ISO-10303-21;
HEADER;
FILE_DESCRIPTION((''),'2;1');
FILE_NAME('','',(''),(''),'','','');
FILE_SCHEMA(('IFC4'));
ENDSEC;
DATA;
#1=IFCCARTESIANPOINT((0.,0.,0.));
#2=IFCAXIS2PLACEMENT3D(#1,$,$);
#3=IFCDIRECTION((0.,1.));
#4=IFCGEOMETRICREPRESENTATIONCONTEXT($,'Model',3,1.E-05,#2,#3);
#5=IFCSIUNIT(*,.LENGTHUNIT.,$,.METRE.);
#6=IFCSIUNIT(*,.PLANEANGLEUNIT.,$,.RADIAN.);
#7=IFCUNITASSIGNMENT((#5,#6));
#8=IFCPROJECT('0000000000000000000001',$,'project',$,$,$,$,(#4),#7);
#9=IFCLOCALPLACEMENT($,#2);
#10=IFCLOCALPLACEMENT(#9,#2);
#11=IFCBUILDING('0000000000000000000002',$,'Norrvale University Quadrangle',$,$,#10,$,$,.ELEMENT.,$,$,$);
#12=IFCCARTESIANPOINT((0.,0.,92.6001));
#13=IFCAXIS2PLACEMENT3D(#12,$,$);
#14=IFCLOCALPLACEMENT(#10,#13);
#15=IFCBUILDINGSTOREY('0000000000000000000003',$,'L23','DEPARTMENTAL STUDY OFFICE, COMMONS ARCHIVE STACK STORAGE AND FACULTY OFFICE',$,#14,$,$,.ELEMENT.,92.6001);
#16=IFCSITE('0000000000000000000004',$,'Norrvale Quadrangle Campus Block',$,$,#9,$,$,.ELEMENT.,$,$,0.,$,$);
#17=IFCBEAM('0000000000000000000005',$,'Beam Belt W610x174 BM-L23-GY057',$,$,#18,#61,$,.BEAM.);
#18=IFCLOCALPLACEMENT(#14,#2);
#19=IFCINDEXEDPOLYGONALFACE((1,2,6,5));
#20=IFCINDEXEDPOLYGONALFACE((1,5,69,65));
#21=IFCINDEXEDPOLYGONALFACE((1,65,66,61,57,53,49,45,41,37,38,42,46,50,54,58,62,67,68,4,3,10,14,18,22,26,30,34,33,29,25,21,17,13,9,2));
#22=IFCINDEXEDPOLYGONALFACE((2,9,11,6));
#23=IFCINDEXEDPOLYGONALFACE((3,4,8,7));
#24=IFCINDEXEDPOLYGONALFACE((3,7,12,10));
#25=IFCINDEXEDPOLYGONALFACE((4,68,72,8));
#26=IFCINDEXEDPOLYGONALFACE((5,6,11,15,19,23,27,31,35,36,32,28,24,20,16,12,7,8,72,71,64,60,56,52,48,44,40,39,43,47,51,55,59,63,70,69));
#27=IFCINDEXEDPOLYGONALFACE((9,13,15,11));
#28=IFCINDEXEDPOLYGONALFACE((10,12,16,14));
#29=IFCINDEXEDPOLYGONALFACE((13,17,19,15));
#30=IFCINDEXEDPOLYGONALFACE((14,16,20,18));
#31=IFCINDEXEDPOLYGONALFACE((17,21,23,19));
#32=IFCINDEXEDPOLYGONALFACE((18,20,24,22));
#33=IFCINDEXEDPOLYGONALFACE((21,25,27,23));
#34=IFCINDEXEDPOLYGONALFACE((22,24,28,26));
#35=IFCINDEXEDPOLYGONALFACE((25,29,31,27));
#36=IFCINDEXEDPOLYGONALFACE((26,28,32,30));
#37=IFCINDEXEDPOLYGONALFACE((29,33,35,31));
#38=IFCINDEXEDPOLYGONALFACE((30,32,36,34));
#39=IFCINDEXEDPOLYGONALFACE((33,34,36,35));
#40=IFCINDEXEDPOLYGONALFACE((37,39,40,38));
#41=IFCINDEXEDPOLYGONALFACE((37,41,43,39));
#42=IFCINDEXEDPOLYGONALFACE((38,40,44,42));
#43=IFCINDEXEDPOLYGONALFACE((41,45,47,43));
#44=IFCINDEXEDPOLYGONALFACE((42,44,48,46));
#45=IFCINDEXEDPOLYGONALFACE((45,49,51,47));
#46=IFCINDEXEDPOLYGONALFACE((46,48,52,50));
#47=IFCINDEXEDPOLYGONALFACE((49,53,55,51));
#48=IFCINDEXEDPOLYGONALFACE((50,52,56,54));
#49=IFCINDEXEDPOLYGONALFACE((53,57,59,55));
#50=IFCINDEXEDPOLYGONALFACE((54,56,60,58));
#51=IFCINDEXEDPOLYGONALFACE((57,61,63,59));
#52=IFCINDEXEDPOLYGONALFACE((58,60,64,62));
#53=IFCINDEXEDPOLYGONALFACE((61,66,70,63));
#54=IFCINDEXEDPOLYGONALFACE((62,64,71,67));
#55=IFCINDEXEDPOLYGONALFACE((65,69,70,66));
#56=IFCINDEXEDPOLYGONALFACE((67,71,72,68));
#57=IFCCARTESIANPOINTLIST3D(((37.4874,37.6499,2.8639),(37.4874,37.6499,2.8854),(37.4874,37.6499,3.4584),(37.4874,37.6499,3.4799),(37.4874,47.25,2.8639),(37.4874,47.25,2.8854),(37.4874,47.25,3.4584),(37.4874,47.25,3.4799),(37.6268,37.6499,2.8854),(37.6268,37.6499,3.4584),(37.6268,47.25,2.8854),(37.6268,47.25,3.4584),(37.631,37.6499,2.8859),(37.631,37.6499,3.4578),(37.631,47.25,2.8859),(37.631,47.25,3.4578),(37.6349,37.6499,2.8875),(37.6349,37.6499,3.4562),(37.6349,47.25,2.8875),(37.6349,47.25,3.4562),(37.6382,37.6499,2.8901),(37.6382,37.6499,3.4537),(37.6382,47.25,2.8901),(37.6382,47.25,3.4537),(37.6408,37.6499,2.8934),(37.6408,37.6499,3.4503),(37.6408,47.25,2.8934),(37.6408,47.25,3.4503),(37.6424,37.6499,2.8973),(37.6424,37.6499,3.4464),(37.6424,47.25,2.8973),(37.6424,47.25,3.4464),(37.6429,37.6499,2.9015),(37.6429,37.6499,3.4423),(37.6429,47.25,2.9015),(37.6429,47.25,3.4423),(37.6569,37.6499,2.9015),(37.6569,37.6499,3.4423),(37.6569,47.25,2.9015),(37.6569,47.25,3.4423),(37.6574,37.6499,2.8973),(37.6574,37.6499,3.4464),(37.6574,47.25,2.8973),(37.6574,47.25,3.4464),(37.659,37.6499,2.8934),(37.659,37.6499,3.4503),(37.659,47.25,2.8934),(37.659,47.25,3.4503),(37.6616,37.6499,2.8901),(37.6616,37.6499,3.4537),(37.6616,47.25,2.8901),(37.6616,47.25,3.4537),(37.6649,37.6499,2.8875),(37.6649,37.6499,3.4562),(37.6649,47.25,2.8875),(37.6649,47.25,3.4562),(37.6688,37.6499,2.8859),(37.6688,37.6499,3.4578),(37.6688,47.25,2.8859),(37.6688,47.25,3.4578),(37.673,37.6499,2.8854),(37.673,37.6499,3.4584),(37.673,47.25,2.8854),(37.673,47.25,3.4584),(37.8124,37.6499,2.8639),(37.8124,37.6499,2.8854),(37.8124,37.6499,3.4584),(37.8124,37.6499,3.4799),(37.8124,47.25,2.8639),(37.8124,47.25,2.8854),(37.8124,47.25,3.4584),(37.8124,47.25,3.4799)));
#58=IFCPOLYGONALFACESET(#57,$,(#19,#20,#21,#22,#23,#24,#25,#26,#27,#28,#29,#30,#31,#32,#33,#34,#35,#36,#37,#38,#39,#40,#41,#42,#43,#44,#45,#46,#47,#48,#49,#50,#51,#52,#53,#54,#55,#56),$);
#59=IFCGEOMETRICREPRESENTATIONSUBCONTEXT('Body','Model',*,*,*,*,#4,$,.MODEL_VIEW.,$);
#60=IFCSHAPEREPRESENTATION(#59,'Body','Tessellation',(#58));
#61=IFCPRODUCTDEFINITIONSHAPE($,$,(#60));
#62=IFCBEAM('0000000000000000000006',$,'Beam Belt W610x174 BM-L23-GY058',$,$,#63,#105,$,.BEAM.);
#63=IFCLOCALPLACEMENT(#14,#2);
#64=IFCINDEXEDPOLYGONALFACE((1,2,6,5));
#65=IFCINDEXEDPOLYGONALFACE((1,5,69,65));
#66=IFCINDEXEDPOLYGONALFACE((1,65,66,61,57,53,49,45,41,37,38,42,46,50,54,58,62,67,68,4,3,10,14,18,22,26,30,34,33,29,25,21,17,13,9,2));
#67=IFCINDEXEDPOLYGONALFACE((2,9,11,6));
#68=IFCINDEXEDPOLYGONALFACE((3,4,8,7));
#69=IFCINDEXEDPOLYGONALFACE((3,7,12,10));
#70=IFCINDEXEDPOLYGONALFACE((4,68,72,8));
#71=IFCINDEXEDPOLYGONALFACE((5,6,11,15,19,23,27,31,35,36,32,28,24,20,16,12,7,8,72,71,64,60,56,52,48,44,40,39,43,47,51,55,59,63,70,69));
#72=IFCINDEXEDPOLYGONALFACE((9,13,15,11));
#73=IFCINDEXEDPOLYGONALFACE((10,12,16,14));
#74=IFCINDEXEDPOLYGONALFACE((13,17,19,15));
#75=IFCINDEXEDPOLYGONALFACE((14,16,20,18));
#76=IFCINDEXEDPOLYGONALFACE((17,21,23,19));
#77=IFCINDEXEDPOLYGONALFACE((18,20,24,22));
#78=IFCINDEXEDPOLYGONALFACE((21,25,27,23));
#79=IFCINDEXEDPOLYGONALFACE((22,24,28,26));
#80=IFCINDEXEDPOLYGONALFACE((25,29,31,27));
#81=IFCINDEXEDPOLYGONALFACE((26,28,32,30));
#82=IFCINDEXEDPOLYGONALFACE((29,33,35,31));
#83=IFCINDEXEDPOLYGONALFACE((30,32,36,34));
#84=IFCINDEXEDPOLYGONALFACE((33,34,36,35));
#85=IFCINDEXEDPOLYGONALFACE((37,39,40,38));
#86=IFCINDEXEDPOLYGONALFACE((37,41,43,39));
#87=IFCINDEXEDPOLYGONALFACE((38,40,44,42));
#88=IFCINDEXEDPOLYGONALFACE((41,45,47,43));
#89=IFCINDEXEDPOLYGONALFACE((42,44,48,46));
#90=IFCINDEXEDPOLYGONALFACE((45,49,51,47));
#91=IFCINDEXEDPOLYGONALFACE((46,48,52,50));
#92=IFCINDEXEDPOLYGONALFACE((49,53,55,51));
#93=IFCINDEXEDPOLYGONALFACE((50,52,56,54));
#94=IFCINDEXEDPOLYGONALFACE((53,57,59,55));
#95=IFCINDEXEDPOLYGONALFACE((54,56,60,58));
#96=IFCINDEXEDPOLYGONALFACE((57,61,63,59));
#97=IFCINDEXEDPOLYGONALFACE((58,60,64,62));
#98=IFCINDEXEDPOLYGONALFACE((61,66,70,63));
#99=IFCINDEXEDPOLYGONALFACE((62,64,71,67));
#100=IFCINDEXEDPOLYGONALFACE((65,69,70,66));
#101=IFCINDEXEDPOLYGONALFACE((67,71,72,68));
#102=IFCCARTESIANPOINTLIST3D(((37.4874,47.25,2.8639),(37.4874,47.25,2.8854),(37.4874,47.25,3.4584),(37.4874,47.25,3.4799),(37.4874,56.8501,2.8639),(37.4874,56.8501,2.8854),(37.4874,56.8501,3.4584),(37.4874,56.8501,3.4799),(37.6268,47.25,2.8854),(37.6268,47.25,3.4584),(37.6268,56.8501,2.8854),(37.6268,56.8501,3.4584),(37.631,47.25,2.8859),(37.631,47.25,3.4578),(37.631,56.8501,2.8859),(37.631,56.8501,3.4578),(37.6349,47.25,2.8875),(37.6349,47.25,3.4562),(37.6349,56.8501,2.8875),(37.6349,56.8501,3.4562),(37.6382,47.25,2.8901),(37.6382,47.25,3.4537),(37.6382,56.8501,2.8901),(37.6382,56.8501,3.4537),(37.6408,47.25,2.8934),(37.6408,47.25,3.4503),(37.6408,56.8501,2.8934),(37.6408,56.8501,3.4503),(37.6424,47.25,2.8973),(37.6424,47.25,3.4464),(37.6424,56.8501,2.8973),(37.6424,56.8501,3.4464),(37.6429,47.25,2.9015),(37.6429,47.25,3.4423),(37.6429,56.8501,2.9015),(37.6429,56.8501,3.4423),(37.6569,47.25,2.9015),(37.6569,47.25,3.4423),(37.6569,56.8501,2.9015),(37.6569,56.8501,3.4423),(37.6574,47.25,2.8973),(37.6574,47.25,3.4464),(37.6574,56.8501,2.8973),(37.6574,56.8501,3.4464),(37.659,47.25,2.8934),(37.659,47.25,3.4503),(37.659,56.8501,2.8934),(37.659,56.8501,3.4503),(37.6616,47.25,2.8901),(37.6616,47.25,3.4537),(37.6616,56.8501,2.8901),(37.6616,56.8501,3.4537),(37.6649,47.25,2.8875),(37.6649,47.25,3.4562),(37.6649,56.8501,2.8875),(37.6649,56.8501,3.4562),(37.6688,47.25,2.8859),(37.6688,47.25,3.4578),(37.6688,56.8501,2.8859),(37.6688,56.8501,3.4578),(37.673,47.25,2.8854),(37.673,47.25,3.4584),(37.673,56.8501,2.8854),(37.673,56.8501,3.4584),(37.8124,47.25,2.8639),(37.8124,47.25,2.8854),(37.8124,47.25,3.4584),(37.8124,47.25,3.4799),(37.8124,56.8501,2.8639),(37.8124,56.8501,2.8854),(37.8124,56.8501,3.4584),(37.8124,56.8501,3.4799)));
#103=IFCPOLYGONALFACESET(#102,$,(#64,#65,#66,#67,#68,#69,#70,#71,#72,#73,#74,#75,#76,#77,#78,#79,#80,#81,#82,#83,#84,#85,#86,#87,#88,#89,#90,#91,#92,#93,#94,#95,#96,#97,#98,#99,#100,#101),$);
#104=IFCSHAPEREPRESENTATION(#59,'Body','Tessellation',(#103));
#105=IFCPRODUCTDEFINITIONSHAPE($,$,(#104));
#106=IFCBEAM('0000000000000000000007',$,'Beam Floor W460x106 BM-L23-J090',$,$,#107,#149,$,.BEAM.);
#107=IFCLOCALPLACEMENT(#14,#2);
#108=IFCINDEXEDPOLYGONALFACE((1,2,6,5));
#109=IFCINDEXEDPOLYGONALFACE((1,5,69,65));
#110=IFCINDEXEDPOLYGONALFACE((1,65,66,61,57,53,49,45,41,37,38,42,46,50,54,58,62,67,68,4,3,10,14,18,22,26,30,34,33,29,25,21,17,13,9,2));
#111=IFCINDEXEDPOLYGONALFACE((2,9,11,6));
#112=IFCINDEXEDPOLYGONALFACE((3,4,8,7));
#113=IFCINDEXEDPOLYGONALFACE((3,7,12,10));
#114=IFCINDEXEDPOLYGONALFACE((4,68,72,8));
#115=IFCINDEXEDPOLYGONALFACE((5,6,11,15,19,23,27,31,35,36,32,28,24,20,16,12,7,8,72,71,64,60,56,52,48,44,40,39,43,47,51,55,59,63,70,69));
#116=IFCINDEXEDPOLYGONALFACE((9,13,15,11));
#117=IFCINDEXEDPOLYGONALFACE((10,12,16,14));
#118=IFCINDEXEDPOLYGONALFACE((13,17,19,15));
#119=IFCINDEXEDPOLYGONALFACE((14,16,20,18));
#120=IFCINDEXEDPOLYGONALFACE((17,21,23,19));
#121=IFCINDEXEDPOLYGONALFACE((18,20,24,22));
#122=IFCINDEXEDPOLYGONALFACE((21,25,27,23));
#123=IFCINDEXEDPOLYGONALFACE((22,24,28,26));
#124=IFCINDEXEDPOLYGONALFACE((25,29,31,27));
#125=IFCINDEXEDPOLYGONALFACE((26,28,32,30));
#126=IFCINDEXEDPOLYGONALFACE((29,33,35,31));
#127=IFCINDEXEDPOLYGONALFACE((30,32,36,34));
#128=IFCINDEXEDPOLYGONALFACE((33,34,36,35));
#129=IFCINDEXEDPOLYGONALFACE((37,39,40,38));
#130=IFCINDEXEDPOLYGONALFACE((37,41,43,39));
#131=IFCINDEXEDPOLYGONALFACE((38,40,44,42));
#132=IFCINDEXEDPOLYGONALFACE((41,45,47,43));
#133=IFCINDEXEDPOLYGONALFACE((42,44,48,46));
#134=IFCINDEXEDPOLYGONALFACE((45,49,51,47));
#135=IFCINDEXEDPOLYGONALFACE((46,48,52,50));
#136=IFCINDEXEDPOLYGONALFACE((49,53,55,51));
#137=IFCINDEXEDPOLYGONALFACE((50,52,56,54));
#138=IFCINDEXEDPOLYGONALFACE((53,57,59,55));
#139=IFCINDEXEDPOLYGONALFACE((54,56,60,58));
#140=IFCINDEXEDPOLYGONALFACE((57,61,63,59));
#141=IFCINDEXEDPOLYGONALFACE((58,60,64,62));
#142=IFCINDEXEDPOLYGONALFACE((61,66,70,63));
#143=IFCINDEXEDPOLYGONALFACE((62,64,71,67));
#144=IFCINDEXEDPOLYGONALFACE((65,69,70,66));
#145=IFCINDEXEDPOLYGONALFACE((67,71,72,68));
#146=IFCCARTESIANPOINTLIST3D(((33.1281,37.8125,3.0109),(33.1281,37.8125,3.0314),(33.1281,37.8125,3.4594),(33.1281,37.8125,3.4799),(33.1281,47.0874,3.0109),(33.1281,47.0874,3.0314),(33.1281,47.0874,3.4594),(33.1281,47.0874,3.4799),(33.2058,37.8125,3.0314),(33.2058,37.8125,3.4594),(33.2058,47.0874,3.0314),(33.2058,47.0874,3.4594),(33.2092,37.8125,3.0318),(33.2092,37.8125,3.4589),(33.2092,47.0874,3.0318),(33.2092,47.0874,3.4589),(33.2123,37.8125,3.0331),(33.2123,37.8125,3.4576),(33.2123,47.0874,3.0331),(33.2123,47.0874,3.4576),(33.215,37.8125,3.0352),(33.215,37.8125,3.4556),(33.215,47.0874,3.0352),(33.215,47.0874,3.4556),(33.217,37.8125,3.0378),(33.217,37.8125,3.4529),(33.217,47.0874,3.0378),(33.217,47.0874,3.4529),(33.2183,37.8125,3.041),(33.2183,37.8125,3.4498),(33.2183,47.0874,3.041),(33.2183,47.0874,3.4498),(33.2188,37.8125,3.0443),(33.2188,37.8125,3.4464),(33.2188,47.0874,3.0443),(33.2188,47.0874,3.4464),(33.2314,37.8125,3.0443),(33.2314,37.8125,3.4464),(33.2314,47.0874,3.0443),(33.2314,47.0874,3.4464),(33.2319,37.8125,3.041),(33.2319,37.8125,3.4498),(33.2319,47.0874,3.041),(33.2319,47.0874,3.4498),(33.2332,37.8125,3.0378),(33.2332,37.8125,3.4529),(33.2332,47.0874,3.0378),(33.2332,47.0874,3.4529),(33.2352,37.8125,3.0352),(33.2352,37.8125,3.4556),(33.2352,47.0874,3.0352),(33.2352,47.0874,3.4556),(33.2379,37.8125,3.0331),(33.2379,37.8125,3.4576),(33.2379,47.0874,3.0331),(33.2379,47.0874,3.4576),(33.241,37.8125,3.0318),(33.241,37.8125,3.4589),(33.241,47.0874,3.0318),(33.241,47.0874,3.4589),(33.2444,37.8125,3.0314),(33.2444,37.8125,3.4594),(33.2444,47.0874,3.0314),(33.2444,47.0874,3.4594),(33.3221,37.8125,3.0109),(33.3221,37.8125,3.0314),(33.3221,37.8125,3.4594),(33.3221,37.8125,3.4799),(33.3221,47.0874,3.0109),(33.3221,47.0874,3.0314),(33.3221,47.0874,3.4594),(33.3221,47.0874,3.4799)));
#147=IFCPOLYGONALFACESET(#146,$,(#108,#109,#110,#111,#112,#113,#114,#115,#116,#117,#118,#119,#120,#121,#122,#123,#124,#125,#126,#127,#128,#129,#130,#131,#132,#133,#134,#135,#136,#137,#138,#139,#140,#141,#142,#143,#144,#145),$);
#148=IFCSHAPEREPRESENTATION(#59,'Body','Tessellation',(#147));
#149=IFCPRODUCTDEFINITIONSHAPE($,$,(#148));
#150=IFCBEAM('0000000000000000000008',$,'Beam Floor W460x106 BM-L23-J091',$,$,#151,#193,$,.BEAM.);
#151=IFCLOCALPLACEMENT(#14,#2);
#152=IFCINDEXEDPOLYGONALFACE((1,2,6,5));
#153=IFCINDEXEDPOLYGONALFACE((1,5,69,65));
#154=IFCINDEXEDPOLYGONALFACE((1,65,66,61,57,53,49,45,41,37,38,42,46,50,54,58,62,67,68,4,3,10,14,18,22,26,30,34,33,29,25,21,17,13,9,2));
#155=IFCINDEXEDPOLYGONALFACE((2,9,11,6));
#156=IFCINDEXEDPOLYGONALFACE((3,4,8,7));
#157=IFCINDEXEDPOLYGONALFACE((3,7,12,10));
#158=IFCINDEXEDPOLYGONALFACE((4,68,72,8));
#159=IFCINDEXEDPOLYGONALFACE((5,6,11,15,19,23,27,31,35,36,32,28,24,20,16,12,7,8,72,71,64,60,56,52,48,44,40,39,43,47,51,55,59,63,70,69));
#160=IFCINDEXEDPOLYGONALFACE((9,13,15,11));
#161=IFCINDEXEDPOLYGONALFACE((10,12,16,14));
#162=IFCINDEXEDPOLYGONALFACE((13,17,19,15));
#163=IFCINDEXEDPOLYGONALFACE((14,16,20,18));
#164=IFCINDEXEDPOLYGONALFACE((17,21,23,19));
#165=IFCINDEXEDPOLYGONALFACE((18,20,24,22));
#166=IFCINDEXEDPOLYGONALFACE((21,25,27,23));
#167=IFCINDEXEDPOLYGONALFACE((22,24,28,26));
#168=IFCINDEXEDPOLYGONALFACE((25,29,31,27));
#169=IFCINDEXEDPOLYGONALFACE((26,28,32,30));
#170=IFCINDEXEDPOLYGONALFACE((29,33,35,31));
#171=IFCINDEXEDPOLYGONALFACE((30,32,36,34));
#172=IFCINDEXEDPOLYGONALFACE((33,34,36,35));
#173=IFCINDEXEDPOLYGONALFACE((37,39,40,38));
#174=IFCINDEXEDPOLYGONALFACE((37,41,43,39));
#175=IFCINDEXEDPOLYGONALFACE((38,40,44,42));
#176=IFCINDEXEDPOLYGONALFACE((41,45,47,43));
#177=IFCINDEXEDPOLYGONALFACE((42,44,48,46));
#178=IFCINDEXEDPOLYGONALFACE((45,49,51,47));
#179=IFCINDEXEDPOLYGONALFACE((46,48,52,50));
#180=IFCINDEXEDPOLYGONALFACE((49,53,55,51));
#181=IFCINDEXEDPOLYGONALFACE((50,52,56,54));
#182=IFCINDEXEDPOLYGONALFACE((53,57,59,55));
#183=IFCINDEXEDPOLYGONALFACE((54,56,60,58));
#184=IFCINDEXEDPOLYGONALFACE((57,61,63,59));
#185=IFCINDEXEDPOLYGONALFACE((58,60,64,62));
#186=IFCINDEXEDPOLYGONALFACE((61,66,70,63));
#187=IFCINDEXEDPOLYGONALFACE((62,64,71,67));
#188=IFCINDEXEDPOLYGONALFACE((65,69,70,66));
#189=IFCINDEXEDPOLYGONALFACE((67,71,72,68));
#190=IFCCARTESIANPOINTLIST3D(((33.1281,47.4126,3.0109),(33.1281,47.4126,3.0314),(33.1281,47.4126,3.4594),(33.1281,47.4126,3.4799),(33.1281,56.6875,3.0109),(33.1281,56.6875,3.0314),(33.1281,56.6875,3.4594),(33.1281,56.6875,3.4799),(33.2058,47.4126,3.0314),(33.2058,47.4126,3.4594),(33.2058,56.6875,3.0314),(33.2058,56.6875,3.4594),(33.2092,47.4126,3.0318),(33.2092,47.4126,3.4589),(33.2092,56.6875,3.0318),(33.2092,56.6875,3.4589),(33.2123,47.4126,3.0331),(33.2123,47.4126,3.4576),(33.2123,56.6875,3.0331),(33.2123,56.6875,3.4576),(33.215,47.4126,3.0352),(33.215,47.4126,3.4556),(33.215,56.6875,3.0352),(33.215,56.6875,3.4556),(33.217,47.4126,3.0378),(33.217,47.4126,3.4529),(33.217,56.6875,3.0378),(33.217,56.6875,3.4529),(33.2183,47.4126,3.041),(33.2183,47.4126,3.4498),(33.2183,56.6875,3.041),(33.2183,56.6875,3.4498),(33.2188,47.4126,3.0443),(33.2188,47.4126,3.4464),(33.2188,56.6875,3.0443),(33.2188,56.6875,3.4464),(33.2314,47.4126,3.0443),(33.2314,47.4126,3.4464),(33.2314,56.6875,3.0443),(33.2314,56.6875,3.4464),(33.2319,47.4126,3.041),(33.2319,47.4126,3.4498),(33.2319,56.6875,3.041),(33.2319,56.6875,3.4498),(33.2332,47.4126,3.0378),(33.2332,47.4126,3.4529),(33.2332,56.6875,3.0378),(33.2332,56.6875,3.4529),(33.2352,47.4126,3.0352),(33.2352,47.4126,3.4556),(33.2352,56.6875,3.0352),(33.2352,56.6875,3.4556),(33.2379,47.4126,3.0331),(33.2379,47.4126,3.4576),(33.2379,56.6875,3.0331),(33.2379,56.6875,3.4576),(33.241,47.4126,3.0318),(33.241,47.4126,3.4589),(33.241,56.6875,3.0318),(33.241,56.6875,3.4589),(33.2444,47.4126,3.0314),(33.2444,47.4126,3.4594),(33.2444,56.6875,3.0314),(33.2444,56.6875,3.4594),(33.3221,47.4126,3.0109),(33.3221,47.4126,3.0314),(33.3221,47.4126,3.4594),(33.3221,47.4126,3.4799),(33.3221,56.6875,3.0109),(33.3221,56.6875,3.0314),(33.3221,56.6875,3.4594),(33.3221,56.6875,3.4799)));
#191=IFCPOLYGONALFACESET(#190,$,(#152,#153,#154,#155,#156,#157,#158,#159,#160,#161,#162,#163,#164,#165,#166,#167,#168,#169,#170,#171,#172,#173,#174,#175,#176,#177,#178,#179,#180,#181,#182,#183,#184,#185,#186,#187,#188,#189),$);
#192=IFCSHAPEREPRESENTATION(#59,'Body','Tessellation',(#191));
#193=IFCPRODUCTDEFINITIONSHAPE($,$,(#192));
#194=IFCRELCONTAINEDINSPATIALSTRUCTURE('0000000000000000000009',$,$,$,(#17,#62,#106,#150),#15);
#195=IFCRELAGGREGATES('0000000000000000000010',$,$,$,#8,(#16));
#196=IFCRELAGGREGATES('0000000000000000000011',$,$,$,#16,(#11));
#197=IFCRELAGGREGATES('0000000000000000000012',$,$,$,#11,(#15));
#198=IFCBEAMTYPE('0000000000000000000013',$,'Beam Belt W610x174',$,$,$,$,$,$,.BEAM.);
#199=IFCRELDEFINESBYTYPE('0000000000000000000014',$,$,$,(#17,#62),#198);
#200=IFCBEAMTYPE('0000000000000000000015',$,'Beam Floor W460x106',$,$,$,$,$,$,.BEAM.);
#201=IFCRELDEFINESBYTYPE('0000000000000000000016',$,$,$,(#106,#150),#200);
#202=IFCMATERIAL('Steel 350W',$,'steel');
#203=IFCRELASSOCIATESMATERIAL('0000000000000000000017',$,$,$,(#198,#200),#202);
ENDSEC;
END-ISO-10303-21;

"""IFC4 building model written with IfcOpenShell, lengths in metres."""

from ifc_helpers import new_model, si_unit, direction, frame, origin, origin_2d, place, context, subcontext, project, spatial, i_section, extrude, material, material_profile, profile_set, type_object, element, save


model = new_model("IFC4")

# Units and contexts
model_context = context("Model", 3, precision=1e-05, world=origin(), true_north=direction((0.0, 1.0)))
body_context = subcontext(model_context, "Body", "Model", "MODEL_VIEW")
ifc_project = project(units=[si_unit("LENGTHUNIT", "METRE"), si_unit("PLANEANGLEUNIT", "RADIAN")], contexts=[model_context])

# Site, building, storey
site_placement = place(None, origin())
site = spatial("IfcSite", under=ifc_project, at=site_placement, Name="Norrvale Quadrangle Campus Block", CompositionType="ELEMENT", RefElevation=0.0)
building_placement = place(site_placement, origin())
building = spatial("IfcBuilding", under=site, at=building_placement, Name="Norrvale University Quadrangle", CompositionType="ELEMENT")
storey_placement = place(building_placement, frame((0.0, 0.0, 92.6001)))
storey = spatial("IfcBuildingStorey", under=building, at=storey_placement, Name="L23", Description="DEPARTMENTAL STUDY OFFICE, COMMONS ARCHIVE STACK STORAGE AND FACULTY OFFICE", CompositionType="ELEMENT", Elevation=92.6001)

# Beams
ifc_material_1 = material(Name="Steel 350W", Category="steel")
ifc_material_profile_1 = material_profile(ifc_material_1, i_section(OverallWidth=0.325, OverallDepth=0.616, WebThickness=0.0139, FlangeThickness=0.0215, FilletRadius=0.0161, at=origin_2d()), Name="Steel 350W")
ifc_profile_set_1 = profile_set([ifc_material_profile_1], Name="Steel 350W")
beam_type_1 = type_object("IfcBeamType", Name="Beam Belt W610x174", PredefinedType="BEAM", material=ifc_profile_set_1)
for number, where, z_axis, x_axis, name in (
    (1, (37.6499, 37.6499, 3.1719), (0.0, 1.0, 0.0), (-1.0, 0.0, 0.0), "Beam Belt W610x174 BM-L23-GY057"),
    (2, (37.6499, 47.25, 3.1719), (0.0, 1.0, 0.0), (-1.0, 0.0, 0.0), "Beam Belt W610x174 BM-L23-GY058"),
):
    element("IfcBeam", number, at=place(storey_placement, frame(where, z_axis=z_axis, x_axis=x_axis)), inside=storey, type_object=beam_type_1, Name=name, PredefinedType="BEAM", context=body_context, shape_type="SweptSolid", body=[
        extrude(i_section(OverallWidth=0.325, OverallDepth=0.616, WebThickness=0.0139, FlangeThickness=0.0215, FilletRadius=0.0161, at=origin_2d()), origin(), (0.0, 0.0, 1.0), 9.6001),
    ])
ifc_material_profile_2 = material_profile(ifc_material_1, i_section(OverallWidth=0.1941, OverallDepth=0.469, WebThickness=0.0127, FlangeThickness=0.0205, FilletRadius=0.0129, at=origin_2d()), Name="Steel 350W")
ifc_profile_set_2 = profile_set([ifc_material_profile_2], Name="Steel 350W")
beam_type_2 = type_object("IfcBeamType", Name="Beam Floor W460x106", PredefinedType="BEAM", material=ifc_profile_set_2)
for number, where, z_axis, x_axis, name in (
    (3, (33.2251, 37.8125, 3.2454), (0.0, 1.0, 0.0), (-1.0, 0.0, 0.0), "Beam Floor W460x106 BM-L23-J090"),
    (4, (33.2251, 47.4126, 3.2454), (0.0, 1.0, 0.0), (-1.0, 0.0, 0.0), "Beam Floor W460x106 BM-L23-J091"),
):
    element("IfcBeam", number, at=place(storey_placement, frame(where, z_axis=z_axis, x_axis=x_axis)), inside=storey, type_object=beam_type_2, Name=name, PredefinedType="BEAM", context=body_context, shape_type="SweptSolid", body=[
        extrude(i_section(OverallWidth=0.1941, OverallDepth=0.469, WebThickness=0.0127, FlangeThickness=0.0205, FilletRadius=0.0129, at=origin_2d()), origin(), (0.0, 0.0, 1.0), 9.2749),
    ])

save(model, "model.ifc")
